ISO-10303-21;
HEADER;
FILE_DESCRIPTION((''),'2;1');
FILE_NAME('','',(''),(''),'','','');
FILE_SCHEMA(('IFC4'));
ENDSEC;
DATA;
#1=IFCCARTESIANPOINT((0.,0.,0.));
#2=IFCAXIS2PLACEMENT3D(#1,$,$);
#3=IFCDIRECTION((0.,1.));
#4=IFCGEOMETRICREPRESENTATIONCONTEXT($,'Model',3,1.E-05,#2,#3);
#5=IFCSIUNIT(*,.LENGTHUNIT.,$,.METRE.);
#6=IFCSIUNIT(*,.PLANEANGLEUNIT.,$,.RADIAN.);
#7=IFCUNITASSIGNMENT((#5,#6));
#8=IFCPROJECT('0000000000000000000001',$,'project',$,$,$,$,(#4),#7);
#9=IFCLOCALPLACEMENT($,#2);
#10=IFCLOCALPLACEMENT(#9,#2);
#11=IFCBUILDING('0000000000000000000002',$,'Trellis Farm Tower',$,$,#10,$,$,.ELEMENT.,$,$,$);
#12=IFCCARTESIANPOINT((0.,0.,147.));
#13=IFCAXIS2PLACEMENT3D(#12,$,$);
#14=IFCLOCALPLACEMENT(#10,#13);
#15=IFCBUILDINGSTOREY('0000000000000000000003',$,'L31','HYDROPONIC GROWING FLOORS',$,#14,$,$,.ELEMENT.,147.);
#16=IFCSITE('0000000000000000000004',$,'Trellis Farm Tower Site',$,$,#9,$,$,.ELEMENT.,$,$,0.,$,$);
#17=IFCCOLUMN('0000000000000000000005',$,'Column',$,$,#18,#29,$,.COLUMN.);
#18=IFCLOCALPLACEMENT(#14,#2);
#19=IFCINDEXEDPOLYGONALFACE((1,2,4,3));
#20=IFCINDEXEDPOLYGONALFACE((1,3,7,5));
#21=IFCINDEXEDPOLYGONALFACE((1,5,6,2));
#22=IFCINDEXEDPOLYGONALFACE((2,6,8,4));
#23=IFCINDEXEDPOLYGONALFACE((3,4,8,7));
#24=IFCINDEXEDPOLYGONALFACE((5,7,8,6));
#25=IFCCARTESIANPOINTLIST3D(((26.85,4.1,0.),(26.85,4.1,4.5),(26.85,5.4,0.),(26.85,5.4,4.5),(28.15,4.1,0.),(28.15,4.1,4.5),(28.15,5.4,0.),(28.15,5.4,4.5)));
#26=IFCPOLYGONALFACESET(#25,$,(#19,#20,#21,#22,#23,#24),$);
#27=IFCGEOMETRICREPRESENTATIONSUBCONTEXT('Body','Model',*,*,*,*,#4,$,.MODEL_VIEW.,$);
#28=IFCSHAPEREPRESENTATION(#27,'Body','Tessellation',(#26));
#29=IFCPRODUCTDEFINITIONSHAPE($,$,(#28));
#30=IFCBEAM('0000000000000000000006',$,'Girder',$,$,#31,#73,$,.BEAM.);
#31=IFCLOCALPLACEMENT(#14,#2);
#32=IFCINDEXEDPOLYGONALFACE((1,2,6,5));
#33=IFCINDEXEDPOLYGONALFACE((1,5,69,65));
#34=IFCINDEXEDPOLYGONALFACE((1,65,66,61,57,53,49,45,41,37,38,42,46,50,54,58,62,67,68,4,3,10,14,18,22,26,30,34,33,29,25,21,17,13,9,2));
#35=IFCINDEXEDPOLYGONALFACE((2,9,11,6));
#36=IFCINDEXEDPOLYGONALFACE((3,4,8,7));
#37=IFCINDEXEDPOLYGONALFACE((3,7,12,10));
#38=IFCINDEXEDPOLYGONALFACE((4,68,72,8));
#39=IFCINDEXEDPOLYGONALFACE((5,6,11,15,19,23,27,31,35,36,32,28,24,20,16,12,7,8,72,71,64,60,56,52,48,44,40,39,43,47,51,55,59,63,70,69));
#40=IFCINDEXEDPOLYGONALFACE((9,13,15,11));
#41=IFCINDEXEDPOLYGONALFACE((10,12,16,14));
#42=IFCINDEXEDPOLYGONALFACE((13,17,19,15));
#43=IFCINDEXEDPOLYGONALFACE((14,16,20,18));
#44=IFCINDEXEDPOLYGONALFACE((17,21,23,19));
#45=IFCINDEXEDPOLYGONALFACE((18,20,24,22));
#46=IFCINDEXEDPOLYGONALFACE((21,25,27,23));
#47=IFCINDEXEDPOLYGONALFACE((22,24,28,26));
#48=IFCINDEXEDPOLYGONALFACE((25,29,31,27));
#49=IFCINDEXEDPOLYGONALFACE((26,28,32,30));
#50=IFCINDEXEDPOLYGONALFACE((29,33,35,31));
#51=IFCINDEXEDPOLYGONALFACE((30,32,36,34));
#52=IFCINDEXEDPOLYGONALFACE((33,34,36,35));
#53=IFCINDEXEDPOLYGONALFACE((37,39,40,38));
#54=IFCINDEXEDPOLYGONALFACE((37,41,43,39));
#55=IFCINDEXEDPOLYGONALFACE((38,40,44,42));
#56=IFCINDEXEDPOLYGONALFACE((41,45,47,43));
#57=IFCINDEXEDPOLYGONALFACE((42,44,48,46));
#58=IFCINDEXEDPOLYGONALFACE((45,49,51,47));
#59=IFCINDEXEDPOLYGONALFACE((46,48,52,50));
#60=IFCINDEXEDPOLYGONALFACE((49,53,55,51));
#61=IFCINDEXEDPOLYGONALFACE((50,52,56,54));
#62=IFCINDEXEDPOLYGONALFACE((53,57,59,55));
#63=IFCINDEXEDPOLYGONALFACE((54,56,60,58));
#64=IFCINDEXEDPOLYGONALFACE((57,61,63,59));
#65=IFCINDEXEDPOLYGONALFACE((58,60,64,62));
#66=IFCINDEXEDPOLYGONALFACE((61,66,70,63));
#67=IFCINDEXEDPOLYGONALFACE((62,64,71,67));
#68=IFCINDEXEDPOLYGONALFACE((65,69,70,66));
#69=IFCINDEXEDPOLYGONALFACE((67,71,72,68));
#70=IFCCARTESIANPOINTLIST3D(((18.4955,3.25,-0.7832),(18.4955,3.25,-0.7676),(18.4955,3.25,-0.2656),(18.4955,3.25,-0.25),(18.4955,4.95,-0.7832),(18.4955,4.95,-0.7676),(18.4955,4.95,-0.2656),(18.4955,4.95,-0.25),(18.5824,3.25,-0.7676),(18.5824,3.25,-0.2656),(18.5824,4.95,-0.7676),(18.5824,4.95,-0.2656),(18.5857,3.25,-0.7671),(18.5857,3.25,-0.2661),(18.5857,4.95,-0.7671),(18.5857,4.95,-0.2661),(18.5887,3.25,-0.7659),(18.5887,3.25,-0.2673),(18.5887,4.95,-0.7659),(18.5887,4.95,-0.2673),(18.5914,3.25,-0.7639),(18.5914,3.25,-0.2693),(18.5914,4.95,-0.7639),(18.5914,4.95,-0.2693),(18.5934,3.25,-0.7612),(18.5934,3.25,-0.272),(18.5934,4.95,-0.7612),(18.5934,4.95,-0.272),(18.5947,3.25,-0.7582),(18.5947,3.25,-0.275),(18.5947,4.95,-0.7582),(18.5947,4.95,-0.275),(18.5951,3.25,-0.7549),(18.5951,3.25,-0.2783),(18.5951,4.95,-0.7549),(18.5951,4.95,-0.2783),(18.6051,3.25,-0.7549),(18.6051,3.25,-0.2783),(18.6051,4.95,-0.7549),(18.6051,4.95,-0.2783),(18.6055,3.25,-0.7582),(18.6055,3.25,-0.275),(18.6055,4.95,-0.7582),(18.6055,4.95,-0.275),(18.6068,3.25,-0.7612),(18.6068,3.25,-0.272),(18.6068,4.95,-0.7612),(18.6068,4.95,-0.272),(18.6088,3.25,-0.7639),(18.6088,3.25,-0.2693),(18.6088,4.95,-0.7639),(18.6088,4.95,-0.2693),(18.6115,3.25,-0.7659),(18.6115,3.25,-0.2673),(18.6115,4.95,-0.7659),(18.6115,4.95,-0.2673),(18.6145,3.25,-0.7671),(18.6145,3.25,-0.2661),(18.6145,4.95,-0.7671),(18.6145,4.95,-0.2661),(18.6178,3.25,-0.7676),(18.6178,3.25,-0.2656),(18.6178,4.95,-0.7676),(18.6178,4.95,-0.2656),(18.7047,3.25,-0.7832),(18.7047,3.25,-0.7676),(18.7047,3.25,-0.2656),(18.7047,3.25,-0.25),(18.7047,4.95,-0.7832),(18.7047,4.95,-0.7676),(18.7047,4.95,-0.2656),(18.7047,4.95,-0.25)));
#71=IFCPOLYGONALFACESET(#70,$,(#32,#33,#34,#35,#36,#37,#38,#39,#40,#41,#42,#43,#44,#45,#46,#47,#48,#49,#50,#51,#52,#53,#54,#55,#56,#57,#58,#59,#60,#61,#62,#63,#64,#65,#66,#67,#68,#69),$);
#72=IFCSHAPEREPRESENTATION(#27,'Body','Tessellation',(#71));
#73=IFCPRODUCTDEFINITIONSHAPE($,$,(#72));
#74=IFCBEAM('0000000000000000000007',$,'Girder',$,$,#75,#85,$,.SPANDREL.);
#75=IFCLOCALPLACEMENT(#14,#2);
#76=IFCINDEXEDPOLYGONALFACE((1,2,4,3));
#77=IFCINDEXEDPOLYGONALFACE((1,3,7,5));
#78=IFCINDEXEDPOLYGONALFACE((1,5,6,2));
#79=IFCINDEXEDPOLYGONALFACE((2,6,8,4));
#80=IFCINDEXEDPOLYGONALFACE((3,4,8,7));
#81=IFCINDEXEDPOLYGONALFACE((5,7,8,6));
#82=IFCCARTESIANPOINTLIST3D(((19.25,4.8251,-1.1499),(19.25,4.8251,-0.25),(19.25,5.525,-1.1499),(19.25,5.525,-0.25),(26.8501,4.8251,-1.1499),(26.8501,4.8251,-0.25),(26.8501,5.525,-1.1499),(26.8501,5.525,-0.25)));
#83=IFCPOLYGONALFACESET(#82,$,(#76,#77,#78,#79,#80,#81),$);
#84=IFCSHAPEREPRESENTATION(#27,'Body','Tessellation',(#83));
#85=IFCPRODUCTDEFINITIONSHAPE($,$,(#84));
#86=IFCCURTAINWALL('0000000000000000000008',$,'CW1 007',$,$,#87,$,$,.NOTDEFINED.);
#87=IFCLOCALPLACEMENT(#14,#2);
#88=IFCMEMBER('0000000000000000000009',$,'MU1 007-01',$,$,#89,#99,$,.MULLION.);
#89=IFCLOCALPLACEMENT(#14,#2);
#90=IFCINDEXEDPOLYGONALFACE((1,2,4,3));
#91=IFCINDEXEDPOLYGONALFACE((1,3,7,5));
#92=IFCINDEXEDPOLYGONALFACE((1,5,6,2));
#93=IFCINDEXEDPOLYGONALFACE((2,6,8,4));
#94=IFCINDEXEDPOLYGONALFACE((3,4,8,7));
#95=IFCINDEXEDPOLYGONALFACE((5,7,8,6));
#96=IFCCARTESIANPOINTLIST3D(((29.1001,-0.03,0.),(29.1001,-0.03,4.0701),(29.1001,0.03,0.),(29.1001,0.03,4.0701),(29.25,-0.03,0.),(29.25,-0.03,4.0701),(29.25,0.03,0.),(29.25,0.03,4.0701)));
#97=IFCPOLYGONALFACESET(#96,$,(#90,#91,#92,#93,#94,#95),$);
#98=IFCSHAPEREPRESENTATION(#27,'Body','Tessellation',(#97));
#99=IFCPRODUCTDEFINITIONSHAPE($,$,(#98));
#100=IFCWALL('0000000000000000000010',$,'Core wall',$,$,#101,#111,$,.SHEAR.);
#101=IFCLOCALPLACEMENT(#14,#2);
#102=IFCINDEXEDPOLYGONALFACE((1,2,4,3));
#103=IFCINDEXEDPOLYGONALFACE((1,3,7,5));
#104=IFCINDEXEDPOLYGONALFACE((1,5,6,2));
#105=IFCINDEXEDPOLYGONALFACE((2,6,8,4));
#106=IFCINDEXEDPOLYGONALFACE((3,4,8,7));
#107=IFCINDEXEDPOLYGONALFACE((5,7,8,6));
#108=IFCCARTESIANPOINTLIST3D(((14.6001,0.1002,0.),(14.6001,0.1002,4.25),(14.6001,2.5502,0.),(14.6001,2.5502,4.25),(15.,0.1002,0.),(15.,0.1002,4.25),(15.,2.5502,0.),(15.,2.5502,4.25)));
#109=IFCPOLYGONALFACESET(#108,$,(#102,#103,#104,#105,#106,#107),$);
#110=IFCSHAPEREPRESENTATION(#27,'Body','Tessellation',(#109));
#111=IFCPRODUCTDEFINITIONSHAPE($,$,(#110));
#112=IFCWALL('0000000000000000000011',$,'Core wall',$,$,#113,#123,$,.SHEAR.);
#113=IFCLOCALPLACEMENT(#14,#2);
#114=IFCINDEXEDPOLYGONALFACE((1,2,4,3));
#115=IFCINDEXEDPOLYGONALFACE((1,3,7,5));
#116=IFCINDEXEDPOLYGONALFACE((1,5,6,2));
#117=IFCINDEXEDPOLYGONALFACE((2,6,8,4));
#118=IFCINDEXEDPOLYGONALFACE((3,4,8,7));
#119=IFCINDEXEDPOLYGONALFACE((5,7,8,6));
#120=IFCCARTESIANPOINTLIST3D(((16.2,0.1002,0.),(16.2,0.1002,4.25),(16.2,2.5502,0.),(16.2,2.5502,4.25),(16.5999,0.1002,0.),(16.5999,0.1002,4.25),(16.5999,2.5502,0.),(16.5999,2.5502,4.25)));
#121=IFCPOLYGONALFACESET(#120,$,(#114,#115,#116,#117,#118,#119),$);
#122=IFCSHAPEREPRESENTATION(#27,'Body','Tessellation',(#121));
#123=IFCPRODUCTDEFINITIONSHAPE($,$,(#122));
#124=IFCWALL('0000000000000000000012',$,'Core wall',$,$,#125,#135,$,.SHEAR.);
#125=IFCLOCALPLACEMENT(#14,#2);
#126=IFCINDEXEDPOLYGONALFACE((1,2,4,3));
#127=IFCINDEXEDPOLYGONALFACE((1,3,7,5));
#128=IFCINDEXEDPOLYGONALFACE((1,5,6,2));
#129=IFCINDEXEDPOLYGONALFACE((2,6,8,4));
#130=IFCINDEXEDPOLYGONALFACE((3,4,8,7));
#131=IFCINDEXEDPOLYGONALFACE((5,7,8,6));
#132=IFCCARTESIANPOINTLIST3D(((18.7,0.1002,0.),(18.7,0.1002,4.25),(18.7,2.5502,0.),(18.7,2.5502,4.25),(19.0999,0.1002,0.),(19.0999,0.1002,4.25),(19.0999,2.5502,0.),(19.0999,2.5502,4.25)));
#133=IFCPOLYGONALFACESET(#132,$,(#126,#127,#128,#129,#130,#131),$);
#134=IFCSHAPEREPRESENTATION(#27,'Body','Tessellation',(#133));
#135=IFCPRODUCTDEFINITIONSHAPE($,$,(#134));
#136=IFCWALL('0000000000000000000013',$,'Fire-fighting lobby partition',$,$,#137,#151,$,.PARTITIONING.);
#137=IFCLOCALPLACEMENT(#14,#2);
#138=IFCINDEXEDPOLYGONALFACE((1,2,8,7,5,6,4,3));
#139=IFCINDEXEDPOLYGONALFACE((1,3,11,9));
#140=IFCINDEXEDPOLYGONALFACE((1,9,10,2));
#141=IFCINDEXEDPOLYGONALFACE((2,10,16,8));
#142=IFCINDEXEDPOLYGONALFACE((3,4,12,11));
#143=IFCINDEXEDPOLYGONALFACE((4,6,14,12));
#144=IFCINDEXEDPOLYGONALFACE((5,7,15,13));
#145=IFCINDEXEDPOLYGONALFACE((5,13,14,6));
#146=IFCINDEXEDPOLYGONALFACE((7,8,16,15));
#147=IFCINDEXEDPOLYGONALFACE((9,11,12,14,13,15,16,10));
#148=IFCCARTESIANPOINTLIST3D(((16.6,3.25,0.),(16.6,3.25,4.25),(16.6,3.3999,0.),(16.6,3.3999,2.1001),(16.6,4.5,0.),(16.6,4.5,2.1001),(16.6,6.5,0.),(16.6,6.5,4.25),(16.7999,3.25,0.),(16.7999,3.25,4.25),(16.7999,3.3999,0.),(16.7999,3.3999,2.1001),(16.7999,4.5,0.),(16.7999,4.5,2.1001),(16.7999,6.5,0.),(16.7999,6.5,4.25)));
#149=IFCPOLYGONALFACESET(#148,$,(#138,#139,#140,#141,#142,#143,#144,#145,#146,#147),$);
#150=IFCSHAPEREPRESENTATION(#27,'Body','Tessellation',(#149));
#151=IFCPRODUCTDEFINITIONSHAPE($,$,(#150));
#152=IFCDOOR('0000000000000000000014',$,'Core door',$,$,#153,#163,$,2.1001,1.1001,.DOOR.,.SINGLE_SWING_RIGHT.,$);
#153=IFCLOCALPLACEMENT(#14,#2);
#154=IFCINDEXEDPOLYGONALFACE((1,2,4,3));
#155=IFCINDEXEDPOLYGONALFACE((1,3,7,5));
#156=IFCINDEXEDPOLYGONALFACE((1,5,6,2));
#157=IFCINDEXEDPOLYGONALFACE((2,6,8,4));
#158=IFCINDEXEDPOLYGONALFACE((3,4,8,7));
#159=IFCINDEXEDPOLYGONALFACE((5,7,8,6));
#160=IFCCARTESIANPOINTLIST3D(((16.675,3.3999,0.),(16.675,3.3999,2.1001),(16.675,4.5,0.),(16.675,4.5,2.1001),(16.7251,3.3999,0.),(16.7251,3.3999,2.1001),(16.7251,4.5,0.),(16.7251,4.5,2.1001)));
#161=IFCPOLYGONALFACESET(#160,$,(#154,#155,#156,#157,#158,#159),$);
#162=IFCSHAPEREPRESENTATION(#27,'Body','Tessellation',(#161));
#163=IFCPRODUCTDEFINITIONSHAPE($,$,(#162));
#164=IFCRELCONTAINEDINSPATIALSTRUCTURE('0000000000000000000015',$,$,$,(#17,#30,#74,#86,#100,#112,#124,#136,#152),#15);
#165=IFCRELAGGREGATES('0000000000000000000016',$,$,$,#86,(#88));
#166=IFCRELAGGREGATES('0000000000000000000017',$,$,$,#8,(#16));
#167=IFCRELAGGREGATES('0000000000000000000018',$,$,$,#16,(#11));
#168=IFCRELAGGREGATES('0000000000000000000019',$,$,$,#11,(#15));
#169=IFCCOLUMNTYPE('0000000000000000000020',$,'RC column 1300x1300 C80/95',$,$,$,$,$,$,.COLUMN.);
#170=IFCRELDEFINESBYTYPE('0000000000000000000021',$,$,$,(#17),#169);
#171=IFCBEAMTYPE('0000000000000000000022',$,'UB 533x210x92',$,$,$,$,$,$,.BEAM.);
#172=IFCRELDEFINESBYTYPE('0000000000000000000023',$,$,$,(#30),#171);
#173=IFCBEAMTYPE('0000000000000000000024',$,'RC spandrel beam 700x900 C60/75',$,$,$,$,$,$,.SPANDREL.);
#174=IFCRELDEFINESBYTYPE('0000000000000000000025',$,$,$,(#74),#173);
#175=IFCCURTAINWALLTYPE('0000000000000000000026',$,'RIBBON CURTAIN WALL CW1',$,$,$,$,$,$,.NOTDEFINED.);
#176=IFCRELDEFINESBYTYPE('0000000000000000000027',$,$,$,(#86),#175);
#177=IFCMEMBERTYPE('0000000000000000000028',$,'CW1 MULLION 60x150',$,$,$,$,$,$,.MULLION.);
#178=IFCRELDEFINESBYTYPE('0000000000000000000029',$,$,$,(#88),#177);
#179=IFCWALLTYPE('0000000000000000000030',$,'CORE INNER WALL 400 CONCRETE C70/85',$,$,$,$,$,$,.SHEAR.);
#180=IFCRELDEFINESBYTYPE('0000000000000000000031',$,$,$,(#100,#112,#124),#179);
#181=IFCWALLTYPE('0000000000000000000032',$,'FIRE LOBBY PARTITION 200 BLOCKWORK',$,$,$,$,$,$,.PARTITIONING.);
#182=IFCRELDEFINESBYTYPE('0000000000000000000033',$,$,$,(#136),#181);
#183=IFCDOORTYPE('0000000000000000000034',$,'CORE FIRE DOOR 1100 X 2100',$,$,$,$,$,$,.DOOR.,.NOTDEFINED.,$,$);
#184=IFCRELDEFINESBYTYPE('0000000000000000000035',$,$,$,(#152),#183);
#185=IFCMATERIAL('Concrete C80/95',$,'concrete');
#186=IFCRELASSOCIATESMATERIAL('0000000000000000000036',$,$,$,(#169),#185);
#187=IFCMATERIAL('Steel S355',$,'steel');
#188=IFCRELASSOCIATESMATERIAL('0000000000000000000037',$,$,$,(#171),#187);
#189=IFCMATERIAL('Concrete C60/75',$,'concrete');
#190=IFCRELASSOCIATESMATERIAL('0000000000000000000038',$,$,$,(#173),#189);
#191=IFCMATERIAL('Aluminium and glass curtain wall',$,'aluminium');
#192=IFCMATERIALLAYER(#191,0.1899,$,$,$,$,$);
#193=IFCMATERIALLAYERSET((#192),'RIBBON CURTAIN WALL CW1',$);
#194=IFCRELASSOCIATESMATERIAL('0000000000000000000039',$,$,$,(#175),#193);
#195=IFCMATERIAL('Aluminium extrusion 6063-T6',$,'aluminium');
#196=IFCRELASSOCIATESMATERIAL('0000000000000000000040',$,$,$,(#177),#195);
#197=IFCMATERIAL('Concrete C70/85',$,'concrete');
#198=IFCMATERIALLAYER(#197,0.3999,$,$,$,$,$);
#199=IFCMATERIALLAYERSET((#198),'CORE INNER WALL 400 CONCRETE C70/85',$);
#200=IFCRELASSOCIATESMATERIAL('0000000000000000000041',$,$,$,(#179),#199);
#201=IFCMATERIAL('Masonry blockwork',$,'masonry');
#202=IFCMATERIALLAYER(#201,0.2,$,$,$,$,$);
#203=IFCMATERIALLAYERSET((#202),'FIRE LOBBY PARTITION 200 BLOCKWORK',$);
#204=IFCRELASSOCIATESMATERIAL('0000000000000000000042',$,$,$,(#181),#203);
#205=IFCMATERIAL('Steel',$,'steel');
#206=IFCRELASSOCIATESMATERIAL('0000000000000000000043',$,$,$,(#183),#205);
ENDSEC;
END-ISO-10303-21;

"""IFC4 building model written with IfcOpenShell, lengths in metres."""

from ifc_helpers import new_model, si_unit, direction, frame, frame_2d, origin, origin_2d, place, context, subcontext, project, spatial, rectangle, i_section, extrude, source, transform, mapped, material, layer, layer_set, material_profile, profile_set, type_object, element, fill, aggregate, save


model = new_model("IFC4")

# Units and contexts
model_context = context("Model", 3, precision=1e-05, world=origin(), true_north=direction((0.0, 1.0)))
body_context = subcontext(model_context, "Body", "Model", "MODEL_VIEW")
ifc_project = project(units=[si_unit("LENGTHUNIT", "METRE"), si_unit("PLANEANGLEUNIT", "RADIAN")], contexts=[model_context])

# Site, building, storey
site_placement = place(None, origin())
site = spatial("IfcSite", under=ifc_project, at=site_placement, Name="Trellis Farm Tower Site", CompositionType="ELEMENT", RefElevation=0.0)
building_placement = place(site_placement, origin())
building = spatial("IfcBuilding", under=site, at=building_placement, Name="Trellis Farm Tower", CompositionType="ELEMENT")
storey_placement = place(building_placement, frame((0.0, 0.0, 147.0)))
storey = spatial("IfcBuildingStorey", under=building, at=storey_placement, Name="L31", Description="HYDROPONIC GROWING FLOORS", CompositionType="ELEMENT", Elevation=147.0)

# Column
ifc_material_1 = material(Name="Concrete C80/95", Category="concrete")
ifc_material_profile_1 = material_profile(ifc_material_1, rectangle(XDim=1.3, YDim=1.3, at=origin_2d()), Name="RC column 1300x1300 C80/95")
ifc_profile_set_1 = profile_set([ifc_material_profile_1], Name="Concrete C80/95")
column_type = type_object("IfcColumnType", Name="RC column 1300x1300 C80/95", PredefinedType="COLUMN", material=ifc_profile_set_1)
shared_shape_1 = source(origin(), body_context, "Body", "SweptSolid", [
    extrude(rectangle(XDim=1.3, YDim=1.3, at=origin_2d()), origin(), (0.0, 0.0, 1.0), 4.5),
])
column_placement = place(storey_placement, frame((27.5, 4.75, 0.0), z_axis=(0.0, 0.0, 1.0), x_axis=(1.0, 0.0, 0.0)))
element("IfcColumn", 1, at=column_placement, inside=storey, type_object=column_type, Name="Column", PredefinedType="COLUMN", context=body_context, shape_type="MappedRepresentation", body=[
    mapped(shared_shape_1, transform((0.0, 0.0, 0.0))),
])

# Beams
ifc_material_2 = material(Name="Steel S355", Category="steel")
ifc_material_profile_2 = material_profile(ifc_material_2, i_section(OverallWidth=0.2092, OverallDepth=0.5332, WebThickness=0.01, FlangeThickness=0.0156, FilletRadius=0.0127, at=origin_2d()), Name="UB 533x210x92")
ifc_profile_set_2 = profile_set([ifc_material_profile_2], Name="Steel S355")
beam_type_1 = type_object("IfcBeamType", Name="UB 533x210x92", PredefinedType="BEAM", material=ifc_profile_set_2)
shared_shape_2 = source(origin(), body_context, "Body", "SweptSolid", [
    extrude(i_section(OverallWidth=0.2092, OverallDepth=0.5332, WebThickness=0.01, FlangeThickness=0.0156, FilletRadius=0.0127, at=origin_2d()), origin(), (0.0, 0.0, 1.0), 1.7),
])
beam_1_placement = place(storey_placement, frame((18.6001, 3.25, -0.5166), z_axis=(0.0, 1.0, 0.0), x_axis=(-1.0, 0.0, 0.0)))
element("IfcBeam", 2, at=beam_1_placement, inside=storey, type_object=beam_type_1, Name="Girder", PredefinedType="BEAM", context=body_context, shape_type="MappedRepresentation", body=[
    mapped(shared_shape_2, transform((0.0, 0.0, 0.0))),
])
ifc_material_3 = material(Name="Concrete C60/75", Category="concrete")
ifc_material_profile_3 = material_profile(ifc_material_3, rectangle(XDim=0.7, YDim=0.8999, at=origin_2d()), Name="RC spandrel beam 700x900 C60/75")
ifc_profile_set_3 = profile_set([ifc_material_profile_3], Name="Concrete C60/75")
beam_type_2 = type_object("IfcBeamType", Name="RC spandrel beam 700x900 C60/75", PredefinedType="SPANDREL", material=ifc_profile_set_3)
shared_shape_3 = source(origin(), body_context, "Body", "SweptSolid", [
    extrude(rectangle(XDim=0.7, YDim=0.8999, at=origin_2d()), origin(), (0.0, 0.0, 1.0), 7.6001),
])
beam_2_placement = place(storey_placement, frame((19.25, 5.175, -0.7), z_axis=(1.0, 0.0, 0.0), x_axis=(0.0, 1.0, 0.0)))
element("IfcBeam", 3, at=beam_2_placement, inside=storey, type_object=beam_type_2, Name="Girder", PredefinedType="SPANDREL", context=body_context, shape_type="MappedRepresentation", body=[
    mapped(shared_shape_3, transform((0.0, 0.0, 0.0))),
])

# Curtain wall, member
ifc_material_4 = material(Name="Aluminium and glass curtain wall", Category="aluminium")
ifc_layer_1 = layer(ifc_material_4, 0.1899)
ifc_layer_set_1 = layer_set([ifc_layer_1], Name="RIBBON CURTAIN WALL CW1")
curtain_wall_type = type_object("IfcCurtainWallType", Name="RIBBON CURTAIN WALL CW1", PredefinedType="NOTDEFINED", material=ifc_layer_set_1)
curtain_wall_placement = place(storey_placement, origin())
curtain_wall = element("IfcCurtainWall", 4, at=curtain_wall_placement, inside=storey, type_object=curtain_wall_type, Name="CW1 007", PredefinedType="NOTDEFINED")
ifc_material_5 = material(Name="Aluminium extrusion 6063-T6", Category="aluminium")
ifc_material_profile_4 = material_profile(ifc_material_5, rectangle(XDim=0.0601, YDim=0.1499, at=origin_2d()), Name="MULLION 60x150")
ifc_profile_set_4 = profile_set([ifc_material_profile_4], Name="Aluminium extrusion 6063-T6")
member_type = type_object("IfcMemberType", Name="CW1 MULLION 60x150", PredefinedType="MULLION", material=ifc_profile_set_4)
shared_shape_4 = source(origin(), body_context, "Body", "SweptSolid", [
    extrude(rectangle(XDim=0.0601, YDim=0.1499, at=origin_2d()), origin(), (0.0, 0.0, 1.0), 4.0701),
])
member_placement = place(storey_placement, frame((29.175, 0.0, 0.0), z_axis=(0.0, 0.0, 1.0), x_axis=(0.0, 1.0, 0.0)))
member = element("IfcMember", 5, at=member_placement, type_object=member_type, Name="MU1 007-01", PredefinedType="MULLION", context=body_context, shape_type="MappedRepresentation", body=[
    mapped(shared_shape_4, transform((0.0, 0.0, 0.0))),
])
aggregate(curtain_wall, [member])

# Walls
ifc_material_6 = material(Name="Concrete C70/85", Category="concrete")
ifc_layer_2 = layer(ifc_material_6, 0.3999)
ifc_layer_set_2 = layer_set([ifc_layer_2], Name="CORE INNER WALL 400 CONCRETE C70/85")
wall_type_1 = type_object("IfcWallType", Name="CORE INNER WALL 400 CONCRETE C70/85", PredefinedType="SHEAR", material=ifc_layer_set_2)
shared_shape_5 = source(origin(), body_context, "Body", "SweptSolid", [
    extrude(rectangle(XDim=2.45, YDim=0.3999, at=frame_2d((1.2251, 0.0))), origin(), (0.0, 0.0, 1.0), 4.25),
])
for number, where, z_axis, x_axis, name in (
    (6, (14.8, 0.1001, 0.0), (0.0, 0.0, 1.0), (0.0, 1.0, 0.0), "Core wall"),
    (7, (16.3999, 0.1001, 0.0), (0.0, 0.0, 1.0), (0.0, 1.0, 0.0), "Core wall"),
    (8, (18.8999, 0.1001, 0.0), (0.0, 0.0, 1.0), (0.0, 1.0, 0.0), "Core wall"),
):
    element("IfcWall", number, at=place(storey_placement, frame(where, z_axis=z_axis, x_axis=x_axis)), inside=storey, type_object=wall_type_1, Name=name, PredefinedType="SHEAR", context=body_context, shape_type="MappedRepresentation", body=[
        mapped(shared_shape_5, transform((0.0, 0.0, 0.0))),
    ])

# Wall, opening, door
ifc_material_7 = material(Name="Masonry blockwork", Category="masonry")
ifc_layer_3 = layer(ifc_material_7, 0.2)
ifc_layer_set_3 = layer_set([ifc_layer_3], Name="FIRE LOBBY PARTITION 200 BLOCKWORK")
wall_type_2 = type_object("IfcWallType", Name="FIRE LOBBY PARTITION 200 BLOCKWORK", PredefinedType="PARTITIONING", material=ifc_layer_set_3)
shared_shape_6 = source(origin(), body_context, "Body", "SweptSolid", [
    extrude(rectangle(XDim=3.25, YDim=0.2, at=frame_2d((1.625, 0.0))), origin(), (0.0, 0.0, 1.0), 4.25),
])
wall_1_placement = place(storey_placement, frame((16.7, 3.25, 0.0), z_axis=(0.0, 0.0, 1.0), x_axis=(0.0, 1.0, 0.0)))
wall_1 = element("IfcWall", 9, at=wall_1_placement, inside=storey, type_object=wall_type_2, Name="Fire-fighting lobby partition", PredefinedType="PARTITIONING", context=body_context, shape_type="MappedRepresentation", body=[
    mapped(shared_shape_6, transform((0.0, 0.0, 0.0))),
])
shared_shape_7 = source(origin(), body_context, "Body", "SweptSolid", [
    extrude(rectangle(XDim=1.1001, YDim=2.1001, at=frame_2d((0.55, 1.05))), frame((0.0, 0.1101, 0.0), z_axis=(0.0, -1.0, 0.0), x_axis=(1.0, 0.0, 0.0)), (0.0, 0.0, 1.0), 0.2202),
])
opening_1_placement = place(wall_1_placement, frame((0.1499, 0.0, 0.0)))
opening_1 = element("IfcOpeningElement", 10, at=opening_1_placement, cuts=wall_1, PredefinedType="OPENING", context=body_context, shape_type="MappedRepresentation", body=[
    mapped(shared_shape_7, transform((0.0, 0.0, 0.0))),
])
ifc_material_8 = material(Name="Steel", Category="steel")
door_type_1 = type_object("IfcDoorType", Name="CORE FIRE DOOR 1100 X 2100", OperationType="NOTDEFINED", PredefinedType="DOOR", material=ifc_material_8)
shared_shape_8 = source(origin(), body_context, "Body", "SweptSolid", [
    extrude(rectangle(XDim=1.1001, YDim=2.1001, at=frame_2d((0.55, 1.05))), frame((0.0, 0.0249, 0.0), z_axis=(0.0, -1.0, 0.0), x_axis=(1.0, 0.0, 0.0)), (0.0, 0.0, 1.0), 0.05),
])
door_1_placement = place(opening_1_placement, origin())
door_1 = element("IfcDoor", 11, at=door_1_placement, inside=storey, type_object=door_type_1, Name="Core door", OperationType="SINGLE_SWING_RIGHT", OverallHeight=2.1001, OverallWidth=1.1001, PredefinedType="DOOR", context=body_context, shape_type="MappedRepresentation", body=[
    mapped(shared_shape_8, transform((0.0, 0.0, 0.0))),
])
fill(opening_1, door_1)

save(model, "model.ifc")
